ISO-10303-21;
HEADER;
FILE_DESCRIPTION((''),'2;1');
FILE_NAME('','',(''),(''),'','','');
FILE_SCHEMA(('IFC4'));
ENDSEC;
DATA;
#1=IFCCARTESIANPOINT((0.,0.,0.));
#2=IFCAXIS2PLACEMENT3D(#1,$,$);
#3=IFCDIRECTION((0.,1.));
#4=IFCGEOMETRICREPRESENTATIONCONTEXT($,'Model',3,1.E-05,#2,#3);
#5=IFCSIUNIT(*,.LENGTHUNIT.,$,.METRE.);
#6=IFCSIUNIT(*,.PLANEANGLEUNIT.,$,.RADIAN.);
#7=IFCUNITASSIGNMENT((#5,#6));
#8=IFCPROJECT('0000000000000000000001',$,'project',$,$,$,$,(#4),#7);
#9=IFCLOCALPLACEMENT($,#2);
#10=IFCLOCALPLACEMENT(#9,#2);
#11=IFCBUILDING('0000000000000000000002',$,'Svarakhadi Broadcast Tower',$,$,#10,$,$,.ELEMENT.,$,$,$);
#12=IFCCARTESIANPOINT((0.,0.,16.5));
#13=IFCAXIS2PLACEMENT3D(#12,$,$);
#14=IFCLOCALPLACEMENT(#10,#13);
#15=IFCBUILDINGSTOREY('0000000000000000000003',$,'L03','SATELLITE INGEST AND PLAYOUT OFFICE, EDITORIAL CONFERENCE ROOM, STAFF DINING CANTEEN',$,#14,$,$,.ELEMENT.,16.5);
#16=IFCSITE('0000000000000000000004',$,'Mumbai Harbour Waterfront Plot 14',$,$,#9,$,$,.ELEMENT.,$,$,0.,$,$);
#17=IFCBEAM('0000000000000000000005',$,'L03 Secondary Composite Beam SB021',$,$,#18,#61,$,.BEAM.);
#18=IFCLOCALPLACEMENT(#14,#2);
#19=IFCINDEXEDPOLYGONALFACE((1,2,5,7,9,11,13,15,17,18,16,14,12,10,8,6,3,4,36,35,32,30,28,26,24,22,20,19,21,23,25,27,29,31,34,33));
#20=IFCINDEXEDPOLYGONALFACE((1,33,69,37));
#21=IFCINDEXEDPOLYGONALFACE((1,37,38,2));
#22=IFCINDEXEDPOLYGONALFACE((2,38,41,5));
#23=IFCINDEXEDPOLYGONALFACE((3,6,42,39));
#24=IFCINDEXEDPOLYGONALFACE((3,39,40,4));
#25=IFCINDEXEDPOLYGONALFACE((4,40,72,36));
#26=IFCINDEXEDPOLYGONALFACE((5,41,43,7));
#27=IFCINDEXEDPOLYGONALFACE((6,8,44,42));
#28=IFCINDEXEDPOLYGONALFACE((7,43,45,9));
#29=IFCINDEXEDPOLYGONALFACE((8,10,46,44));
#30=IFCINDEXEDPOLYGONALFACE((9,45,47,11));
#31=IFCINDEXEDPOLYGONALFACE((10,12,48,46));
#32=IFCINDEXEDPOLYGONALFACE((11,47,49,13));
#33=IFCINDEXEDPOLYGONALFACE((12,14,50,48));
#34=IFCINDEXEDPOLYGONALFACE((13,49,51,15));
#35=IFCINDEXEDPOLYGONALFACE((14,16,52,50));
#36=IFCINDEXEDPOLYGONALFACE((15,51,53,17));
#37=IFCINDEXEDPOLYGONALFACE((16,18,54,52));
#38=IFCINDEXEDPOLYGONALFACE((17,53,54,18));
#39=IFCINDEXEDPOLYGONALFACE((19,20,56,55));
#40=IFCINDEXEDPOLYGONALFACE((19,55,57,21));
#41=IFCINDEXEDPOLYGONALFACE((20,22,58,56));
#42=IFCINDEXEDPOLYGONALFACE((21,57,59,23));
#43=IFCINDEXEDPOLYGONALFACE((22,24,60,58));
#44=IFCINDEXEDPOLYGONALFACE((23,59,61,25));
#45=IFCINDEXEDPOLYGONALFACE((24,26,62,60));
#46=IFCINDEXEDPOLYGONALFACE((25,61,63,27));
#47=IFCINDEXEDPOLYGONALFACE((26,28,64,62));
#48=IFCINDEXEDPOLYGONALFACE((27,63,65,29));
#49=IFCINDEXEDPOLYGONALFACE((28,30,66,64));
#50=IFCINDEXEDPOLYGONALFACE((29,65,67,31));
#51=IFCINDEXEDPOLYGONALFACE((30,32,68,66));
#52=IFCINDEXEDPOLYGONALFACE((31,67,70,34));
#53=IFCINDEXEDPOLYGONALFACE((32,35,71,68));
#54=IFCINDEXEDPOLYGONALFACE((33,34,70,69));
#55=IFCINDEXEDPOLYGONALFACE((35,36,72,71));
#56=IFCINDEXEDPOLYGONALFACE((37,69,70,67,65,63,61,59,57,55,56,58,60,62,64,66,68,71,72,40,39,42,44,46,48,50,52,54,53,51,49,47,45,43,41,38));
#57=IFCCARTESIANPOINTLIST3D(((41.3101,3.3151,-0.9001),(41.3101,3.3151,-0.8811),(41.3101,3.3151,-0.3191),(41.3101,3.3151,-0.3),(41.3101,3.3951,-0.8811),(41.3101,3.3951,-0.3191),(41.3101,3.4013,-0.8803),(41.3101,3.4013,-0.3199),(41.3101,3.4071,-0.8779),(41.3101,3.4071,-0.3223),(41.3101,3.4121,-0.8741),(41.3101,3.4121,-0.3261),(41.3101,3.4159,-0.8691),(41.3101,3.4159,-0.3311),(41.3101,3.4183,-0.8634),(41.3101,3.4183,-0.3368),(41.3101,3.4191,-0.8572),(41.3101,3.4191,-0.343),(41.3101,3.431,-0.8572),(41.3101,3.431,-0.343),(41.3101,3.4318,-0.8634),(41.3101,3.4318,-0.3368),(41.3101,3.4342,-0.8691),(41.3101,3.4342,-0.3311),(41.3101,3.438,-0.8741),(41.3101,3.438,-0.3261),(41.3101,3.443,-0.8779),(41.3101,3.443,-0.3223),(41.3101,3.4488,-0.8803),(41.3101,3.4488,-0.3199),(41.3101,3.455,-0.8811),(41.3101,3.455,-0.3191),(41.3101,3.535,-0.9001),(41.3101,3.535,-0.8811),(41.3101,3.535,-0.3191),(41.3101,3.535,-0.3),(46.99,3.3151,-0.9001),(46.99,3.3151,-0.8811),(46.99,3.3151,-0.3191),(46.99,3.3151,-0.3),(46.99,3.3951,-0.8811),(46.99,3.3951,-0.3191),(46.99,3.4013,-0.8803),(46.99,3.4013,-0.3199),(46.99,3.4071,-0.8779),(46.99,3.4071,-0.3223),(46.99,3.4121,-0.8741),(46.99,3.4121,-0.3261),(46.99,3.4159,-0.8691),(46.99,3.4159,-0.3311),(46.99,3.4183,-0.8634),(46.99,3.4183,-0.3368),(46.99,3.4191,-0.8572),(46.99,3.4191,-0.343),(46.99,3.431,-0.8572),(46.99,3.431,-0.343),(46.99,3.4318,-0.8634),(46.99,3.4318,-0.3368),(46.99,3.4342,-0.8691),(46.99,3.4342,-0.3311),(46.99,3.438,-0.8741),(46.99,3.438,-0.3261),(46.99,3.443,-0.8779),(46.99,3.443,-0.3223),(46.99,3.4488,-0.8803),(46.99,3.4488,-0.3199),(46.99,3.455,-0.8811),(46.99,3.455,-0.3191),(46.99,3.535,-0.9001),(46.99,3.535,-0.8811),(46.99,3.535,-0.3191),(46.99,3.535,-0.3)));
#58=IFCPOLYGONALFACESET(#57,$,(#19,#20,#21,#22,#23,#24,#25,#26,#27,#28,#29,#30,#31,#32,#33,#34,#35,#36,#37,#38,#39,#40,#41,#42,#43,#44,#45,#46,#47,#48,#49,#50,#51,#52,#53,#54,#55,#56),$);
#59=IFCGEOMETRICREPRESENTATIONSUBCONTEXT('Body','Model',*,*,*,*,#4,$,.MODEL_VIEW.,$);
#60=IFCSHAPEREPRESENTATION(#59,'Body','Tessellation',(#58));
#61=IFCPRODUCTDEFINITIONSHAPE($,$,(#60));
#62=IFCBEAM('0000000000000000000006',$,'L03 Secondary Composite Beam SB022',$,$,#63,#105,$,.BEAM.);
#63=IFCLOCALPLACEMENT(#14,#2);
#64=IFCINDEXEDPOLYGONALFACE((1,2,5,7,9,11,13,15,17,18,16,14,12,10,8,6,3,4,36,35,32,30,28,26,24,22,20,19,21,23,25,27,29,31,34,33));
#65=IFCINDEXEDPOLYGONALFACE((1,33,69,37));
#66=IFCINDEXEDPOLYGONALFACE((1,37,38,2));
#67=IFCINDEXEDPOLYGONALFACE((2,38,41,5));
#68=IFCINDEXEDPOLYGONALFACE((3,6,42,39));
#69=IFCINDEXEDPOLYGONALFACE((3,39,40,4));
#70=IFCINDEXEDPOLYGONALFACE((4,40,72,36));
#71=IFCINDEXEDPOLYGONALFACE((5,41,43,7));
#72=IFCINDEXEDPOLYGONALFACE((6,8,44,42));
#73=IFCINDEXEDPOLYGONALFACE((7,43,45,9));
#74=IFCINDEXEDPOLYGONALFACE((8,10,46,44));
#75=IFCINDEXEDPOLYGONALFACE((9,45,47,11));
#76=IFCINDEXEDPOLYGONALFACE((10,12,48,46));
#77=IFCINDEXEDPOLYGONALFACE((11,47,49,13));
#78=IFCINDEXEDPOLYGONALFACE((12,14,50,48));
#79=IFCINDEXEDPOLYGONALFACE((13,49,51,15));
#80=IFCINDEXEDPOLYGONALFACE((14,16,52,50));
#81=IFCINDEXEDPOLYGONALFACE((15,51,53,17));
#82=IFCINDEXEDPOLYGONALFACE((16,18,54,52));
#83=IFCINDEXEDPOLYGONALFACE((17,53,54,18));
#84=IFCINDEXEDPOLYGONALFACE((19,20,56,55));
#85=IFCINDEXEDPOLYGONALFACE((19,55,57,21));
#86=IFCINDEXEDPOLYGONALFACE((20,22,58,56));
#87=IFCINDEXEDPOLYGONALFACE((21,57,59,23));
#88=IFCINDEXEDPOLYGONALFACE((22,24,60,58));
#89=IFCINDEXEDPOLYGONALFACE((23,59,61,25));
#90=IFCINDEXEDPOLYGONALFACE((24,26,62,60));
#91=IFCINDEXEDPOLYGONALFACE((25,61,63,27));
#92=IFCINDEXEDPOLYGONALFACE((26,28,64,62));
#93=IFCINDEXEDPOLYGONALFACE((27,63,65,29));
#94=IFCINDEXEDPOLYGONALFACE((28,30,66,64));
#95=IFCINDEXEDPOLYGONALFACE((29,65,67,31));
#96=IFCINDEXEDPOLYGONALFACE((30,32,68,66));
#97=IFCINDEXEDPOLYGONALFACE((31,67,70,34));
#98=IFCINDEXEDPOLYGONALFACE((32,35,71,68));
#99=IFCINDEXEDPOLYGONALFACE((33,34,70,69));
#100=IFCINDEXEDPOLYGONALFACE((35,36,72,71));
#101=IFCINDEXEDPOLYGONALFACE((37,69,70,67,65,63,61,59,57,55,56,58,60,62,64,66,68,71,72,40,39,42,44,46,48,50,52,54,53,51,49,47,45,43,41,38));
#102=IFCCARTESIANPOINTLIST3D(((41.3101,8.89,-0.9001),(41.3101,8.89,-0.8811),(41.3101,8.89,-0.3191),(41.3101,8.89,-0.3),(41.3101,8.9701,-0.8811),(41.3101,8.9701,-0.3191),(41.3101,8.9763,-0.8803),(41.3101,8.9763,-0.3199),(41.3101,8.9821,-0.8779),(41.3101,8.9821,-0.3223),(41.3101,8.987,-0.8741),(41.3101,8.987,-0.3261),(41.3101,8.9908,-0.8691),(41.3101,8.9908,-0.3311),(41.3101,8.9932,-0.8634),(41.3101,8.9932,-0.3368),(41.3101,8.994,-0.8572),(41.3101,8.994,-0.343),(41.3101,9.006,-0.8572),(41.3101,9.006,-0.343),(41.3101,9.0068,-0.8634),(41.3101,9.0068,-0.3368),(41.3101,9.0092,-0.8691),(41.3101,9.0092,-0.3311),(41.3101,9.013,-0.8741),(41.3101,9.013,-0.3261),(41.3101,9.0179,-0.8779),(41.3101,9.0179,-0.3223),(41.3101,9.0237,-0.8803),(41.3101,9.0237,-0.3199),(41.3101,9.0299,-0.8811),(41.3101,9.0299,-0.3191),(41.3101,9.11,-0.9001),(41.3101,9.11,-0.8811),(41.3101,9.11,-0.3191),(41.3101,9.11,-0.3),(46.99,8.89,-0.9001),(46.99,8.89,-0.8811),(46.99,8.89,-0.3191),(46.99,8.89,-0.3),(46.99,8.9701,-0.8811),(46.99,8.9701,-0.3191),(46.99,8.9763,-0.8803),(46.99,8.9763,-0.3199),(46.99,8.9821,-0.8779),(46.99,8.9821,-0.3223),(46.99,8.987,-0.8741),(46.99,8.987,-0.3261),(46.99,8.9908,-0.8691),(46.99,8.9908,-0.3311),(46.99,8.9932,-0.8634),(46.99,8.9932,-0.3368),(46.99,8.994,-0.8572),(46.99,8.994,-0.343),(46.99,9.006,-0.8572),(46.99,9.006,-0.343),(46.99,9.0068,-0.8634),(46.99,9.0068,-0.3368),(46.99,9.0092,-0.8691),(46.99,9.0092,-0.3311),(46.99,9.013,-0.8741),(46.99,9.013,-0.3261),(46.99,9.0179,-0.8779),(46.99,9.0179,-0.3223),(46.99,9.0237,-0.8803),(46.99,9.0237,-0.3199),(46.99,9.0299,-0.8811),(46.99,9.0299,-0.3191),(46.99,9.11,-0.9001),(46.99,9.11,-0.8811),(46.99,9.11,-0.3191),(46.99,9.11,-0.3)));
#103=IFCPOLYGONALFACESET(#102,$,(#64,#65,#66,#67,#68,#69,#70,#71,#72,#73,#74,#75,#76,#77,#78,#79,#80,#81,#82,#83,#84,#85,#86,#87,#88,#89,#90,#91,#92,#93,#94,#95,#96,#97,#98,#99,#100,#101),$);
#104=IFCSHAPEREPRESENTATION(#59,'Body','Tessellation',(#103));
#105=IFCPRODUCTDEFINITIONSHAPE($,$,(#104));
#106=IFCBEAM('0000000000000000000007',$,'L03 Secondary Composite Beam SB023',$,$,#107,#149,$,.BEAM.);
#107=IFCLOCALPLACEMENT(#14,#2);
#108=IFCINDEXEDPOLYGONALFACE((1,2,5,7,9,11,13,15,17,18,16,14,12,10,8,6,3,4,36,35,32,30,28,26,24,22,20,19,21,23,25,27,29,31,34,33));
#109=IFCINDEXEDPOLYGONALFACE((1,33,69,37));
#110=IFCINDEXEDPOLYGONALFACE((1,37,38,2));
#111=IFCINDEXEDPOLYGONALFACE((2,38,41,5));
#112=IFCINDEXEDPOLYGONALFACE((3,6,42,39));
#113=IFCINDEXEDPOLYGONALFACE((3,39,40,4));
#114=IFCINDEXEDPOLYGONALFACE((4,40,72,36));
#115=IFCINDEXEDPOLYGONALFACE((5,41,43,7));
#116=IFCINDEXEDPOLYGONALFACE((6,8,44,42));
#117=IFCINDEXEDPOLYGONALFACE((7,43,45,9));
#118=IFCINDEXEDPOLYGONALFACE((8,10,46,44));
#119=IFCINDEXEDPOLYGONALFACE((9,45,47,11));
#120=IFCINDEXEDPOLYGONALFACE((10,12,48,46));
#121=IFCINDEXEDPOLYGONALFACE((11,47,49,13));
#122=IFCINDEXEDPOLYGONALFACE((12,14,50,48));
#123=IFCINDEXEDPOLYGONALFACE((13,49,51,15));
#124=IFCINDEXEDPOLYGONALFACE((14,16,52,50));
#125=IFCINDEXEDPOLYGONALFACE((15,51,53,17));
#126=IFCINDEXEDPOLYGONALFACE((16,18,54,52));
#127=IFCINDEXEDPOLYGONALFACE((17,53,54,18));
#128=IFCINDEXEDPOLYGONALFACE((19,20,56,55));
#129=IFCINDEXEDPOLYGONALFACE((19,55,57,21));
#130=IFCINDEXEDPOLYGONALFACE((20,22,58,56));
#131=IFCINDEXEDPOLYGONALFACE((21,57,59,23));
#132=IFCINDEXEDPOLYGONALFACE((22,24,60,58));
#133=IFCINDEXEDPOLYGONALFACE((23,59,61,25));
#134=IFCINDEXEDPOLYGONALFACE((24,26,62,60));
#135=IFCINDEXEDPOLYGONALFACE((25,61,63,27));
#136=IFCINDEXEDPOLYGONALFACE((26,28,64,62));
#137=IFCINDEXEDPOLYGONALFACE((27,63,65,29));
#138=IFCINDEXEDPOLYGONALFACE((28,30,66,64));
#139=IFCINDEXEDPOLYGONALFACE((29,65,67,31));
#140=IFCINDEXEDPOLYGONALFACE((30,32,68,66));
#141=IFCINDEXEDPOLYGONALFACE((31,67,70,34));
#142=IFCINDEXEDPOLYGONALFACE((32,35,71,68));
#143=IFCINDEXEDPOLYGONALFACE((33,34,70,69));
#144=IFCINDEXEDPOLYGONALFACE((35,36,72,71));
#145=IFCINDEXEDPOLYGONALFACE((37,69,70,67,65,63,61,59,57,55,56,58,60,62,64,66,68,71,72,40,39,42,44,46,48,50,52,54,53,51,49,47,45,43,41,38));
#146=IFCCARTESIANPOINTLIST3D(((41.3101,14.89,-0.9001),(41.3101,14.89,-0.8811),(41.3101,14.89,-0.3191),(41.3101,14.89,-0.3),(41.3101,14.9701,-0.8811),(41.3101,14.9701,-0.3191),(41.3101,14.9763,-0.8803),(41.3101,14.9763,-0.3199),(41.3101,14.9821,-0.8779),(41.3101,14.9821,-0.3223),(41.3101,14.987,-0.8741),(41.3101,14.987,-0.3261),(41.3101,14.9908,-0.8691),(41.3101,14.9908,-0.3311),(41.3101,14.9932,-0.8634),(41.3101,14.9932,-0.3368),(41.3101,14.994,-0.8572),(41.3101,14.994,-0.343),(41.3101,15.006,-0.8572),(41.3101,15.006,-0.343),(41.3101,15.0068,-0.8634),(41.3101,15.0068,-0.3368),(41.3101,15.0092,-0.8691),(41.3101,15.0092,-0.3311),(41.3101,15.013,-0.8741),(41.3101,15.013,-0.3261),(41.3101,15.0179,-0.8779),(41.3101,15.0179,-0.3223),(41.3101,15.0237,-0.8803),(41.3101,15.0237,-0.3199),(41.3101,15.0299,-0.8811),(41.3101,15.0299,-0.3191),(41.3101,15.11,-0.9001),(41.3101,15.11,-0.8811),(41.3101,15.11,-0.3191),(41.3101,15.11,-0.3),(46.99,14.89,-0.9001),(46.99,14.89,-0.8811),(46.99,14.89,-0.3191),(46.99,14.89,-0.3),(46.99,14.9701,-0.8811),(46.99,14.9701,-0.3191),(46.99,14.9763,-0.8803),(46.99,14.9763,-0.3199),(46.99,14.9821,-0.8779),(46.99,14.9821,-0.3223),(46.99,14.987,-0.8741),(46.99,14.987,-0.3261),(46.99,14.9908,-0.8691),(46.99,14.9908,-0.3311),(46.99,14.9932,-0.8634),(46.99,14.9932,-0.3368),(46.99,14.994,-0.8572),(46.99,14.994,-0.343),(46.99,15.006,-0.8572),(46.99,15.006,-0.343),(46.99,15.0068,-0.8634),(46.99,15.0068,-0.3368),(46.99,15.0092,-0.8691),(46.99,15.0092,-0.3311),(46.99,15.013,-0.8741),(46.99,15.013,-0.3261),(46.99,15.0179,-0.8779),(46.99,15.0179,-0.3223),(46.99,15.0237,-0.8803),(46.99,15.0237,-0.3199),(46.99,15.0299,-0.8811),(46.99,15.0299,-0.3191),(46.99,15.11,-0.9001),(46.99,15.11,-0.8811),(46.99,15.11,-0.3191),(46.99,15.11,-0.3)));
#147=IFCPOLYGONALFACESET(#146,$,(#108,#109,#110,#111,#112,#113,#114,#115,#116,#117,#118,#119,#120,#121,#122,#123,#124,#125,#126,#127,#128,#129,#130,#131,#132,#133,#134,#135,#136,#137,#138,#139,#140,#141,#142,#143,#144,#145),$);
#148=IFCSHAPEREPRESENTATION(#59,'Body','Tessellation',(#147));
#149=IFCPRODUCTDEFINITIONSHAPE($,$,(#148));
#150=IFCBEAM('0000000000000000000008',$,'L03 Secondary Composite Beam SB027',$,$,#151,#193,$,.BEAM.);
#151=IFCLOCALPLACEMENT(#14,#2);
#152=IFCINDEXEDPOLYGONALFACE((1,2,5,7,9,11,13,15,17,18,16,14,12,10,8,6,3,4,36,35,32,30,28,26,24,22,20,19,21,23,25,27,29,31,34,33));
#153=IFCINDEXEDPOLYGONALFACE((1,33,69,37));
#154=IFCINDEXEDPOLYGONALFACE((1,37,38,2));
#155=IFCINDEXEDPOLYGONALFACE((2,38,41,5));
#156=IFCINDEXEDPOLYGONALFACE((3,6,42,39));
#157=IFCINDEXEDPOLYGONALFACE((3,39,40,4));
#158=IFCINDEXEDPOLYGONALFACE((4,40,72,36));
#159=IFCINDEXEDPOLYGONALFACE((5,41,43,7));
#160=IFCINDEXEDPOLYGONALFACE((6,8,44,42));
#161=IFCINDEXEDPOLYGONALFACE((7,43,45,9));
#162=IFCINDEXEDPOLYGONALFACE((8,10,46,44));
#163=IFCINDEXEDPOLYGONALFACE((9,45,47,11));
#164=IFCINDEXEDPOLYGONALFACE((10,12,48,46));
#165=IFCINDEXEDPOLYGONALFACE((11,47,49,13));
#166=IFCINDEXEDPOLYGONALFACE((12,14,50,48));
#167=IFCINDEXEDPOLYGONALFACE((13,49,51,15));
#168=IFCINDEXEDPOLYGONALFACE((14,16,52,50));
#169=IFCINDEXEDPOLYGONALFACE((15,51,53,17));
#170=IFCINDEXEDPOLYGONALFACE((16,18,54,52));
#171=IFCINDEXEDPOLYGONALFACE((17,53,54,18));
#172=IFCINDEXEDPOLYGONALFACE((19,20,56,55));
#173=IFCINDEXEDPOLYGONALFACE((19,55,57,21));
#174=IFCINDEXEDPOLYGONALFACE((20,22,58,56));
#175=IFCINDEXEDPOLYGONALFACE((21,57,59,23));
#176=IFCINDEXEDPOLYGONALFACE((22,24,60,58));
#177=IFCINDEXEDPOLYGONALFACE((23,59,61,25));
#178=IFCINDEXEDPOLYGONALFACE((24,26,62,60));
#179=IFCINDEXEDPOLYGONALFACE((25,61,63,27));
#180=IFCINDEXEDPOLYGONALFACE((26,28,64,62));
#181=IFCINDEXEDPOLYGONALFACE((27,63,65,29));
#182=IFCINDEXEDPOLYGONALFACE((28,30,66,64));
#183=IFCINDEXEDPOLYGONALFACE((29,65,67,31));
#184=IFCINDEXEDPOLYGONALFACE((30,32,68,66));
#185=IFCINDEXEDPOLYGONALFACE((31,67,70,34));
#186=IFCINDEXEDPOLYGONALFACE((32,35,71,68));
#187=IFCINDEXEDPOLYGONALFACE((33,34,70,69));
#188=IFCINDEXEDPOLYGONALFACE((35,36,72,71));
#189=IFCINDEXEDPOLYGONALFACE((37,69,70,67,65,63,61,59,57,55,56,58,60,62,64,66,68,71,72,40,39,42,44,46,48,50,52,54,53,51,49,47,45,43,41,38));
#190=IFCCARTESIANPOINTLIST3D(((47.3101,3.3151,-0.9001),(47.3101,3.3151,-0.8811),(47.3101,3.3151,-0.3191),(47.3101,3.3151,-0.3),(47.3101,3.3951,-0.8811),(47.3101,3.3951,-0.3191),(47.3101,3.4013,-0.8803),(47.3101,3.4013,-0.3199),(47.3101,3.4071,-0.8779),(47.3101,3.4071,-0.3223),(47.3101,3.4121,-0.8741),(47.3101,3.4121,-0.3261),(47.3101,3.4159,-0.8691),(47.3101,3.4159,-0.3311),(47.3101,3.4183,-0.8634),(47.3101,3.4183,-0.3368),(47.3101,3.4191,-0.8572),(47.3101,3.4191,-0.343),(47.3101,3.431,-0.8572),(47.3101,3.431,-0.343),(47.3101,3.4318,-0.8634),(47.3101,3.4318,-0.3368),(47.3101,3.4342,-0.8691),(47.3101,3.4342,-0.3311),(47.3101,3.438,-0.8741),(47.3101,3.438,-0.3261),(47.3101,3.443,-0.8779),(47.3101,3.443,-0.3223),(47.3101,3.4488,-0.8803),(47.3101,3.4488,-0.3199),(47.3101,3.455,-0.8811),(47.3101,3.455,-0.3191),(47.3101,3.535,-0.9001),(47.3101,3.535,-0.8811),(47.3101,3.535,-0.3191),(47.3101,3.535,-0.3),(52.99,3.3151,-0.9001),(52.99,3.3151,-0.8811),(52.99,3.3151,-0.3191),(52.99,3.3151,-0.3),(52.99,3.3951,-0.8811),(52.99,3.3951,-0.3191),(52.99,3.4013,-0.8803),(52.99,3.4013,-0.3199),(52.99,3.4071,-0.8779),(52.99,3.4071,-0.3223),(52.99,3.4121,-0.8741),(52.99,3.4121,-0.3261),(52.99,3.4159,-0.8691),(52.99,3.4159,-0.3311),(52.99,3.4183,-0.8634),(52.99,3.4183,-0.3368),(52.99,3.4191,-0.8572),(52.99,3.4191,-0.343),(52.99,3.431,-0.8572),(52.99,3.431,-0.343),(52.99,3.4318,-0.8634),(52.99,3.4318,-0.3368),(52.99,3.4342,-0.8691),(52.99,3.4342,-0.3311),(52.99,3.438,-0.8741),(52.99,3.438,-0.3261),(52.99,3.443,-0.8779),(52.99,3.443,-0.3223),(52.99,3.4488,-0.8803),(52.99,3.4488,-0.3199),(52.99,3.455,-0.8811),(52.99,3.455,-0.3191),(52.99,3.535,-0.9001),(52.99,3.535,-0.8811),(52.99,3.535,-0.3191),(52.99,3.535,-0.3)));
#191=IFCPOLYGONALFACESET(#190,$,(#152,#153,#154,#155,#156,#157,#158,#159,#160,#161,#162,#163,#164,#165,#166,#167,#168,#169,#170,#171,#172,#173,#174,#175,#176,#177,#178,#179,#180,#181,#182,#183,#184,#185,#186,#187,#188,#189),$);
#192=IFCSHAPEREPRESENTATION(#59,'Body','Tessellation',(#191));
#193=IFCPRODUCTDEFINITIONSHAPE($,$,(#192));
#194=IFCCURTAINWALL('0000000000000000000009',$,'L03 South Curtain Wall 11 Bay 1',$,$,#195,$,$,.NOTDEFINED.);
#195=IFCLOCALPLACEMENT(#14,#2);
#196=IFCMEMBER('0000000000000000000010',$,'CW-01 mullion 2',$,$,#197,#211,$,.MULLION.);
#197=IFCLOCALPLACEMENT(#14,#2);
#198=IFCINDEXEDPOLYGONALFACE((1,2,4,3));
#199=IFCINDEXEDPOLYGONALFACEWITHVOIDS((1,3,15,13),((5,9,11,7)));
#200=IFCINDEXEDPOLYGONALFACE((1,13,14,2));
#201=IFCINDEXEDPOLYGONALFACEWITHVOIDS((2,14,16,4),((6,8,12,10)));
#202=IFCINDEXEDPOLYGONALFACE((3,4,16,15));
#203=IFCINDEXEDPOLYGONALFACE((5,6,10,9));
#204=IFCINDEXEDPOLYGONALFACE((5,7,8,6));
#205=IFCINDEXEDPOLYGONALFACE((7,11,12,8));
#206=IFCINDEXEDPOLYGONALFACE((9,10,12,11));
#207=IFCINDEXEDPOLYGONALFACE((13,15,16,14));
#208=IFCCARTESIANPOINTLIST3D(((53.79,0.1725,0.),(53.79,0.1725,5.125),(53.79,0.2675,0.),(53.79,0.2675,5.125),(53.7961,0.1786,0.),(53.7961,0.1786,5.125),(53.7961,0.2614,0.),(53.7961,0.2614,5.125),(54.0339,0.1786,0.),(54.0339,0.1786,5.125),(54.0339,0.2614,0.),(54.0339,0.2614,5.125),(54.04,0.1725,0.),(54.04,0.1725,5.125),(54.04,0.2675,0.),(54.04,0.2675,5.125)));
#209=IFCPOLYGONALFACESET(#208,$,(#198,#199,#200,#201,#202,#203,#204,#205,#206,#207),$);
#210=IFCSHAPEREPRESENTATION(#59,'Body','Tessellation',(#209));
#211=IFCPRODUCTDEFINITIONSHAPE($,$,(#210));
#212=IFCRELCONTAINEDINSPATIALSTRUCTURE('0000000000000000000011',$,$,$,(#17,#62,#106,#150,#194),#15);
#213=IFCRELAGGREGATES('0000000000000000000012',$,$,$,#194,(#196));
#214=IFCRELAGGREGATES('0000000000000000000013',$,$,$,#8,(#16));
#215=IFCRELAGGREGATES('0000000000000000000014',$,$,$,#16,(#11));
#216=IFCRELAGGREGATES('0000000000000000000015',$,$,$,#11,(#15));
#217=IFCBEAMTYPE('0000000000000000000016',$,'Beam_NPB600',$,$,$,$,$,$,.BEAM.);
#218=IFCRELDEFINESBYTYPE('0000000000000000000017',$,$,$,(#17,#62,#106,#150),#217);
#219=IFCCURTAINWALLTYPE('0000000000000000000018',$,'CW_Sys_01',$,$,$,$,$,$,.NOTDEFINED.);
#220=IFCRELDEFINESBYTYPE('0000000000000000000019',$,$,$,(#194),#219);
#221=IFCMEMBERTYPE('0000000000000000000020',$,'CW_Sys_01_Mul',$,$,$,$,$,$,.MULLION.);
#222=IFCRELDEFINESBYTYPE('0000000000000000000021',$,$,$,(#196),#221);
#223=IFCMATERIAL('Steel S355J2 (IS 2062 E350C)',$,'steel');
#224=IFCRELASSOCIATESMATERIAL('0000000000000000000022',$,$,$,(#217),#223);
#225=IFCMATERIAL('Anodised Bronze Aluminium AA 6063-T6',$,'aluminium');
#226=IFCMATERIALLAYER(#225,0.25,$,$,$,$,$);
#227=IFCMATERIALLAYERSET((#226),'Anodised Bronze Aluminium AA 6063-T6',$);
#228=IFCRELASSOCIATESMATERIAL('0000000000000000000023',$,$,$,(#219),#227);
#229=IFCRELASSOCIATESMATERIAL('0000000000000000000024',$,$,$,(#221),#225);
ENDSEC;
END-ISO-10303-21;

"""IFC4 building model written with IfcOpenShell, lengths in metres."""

from ifc_helpers import new_model, si_unit, direction, frame, origin, origin_2d, place, context, subcontext, project, spatial, hollow_rectangle, i_section, extrude, material, layer, layer_set, material_profile, profile_set, type_object, element, aggregate, save


model = new_model("IFC4")

# Units and contexts
model_context = context("Model", 3, precision=1e-05, world=origin(), true_north=direction((0.0, 1.0)))
body_context = subcontext(model_context, "Body", "Model", "MODEL_VIEW")
ifc_project = project(units=[si_unit("LENGTHUNIT", "METRE"), si_unit("PLANEANGLEUNIT", "RADIAN")], contexts=[model_context])

# Site, building, storey
site_placement = place(None, origin())
site = spatial("IfcSite", under=ifc_project, at=site_placement, Name="Mumbai Harbour Waterfront Plot 14", CompositionType="ELEMENT", RefElevation=0.0)
building_placement = place(site_placement, origin())
building = spatial("IfcBuilding", under=site, at=building_placement, Name="Svarakhadi Broadcast Tower", CompositionType="ELEMENT")
storey_placement = place(building_placement, frame((0.0, 0.0, 16.5)))
storey = spatial("IfcBuildingStorey", under=building, at=storey_placement, Name="L03", Description="SATELLITE INGEST AND PLAYOUT OFFICE, EDITORIAL CONFERENCE ROOM, STAFF DINING CANTEEN", CompositionType="ELEMENT", Elevation=16.5)

# Beams
ifc_material_1 = material(Name="Steel S355J2 (IS 2062 E350C)", Category="steel")
ifc_material_profile_1 = material_profile(ifc_material_1, i_section(OverallWidth=0.22, OverallDepth=0.6001, WebThickness=0.012, FlangeThickness=0.019, FilletRadius=0.0239, at=origin_2d()), Name="NPB 600x220x122")
ifc_profile_set_1 = profile_set([ifc_material_profile_1], Name="Steel S355J2 (IS 2062 E350C)")
beam_type_1 = type_object("IfcBeamType", Name="Beam_NPB600", PredefinedType="BEAM", material=ifc_profile_set_1)
for number, where, z_axis, x_axis, name in (
    (1, (41.3101, 3.425, -0.6001), (1.0, 0.0, 0.0), (0.0, 1.0, 0.0), "L03 Secondary Composite Beam SB021"),
    (2, (41.3101, 9.0, -0.6001), (1.0, 0.0, 0.0), (0.0, 1.0, 0.0), "L03 Secondary Composite Beam SB022"),
    (3, (41.3101, 15.0, -0.6001), (1.0, 0.0, 0.0), (0.0, 1.0, 0.0), "L03 Secondary Composite Beam SB023"),
    (4, (47.3101, 3.425, -0.6001), (1.0, 0.0, 0.0), (0.0, 1.0, 0.0), "L03 Secondary Composite Beam SB027"),
):
    element("IfcBeam", number, at=place(storey_placement, frame(where, z_axis=z_axis, x_axis=x_axis)), inside=storey, type_object=beam_type_1, Name=name, PredefinedType="BEAM", context=body_context, shape_type="SweptSolid", body=[
        extrude(i_section(OverallWidth=0.22, OverallDepth=0.6001, WebThickness=0.012, FlangeThickness=0.019, FilletRadius=0.0239, at=origin_2d()), origin(), (0.0, 0.0, 1.0), 5.6799),
    ])

# Curtain wall, member
ifc_material_2 = material(Name="Anodised Bronze Aluminium AA 6063-T6", Category="aluminium")
ifc_layer_1 = layer(ifc_material_2, 0.25)
ifc_layer_set_1 = layer_set([ifc_layer_1], Name="Anodised Bronze Aluminium AA 6063-T6")
curtain_wall_type = type_object("IfcCurtainWallType", Name="CW_Sys_01", PredefinedType="NOTDEFINED", material=ifc_layer_set_1)
curtain_wall_1_placement = place(storey_placement, origin())
curtain_wall_1 = element("IfcCurtainWall", 5, at=curtain_wall_1_placement, inside=storey, type_object=curtain_wall_type, Name="L03 South Curtain Wall 11 Bay 1", PredefinedType="NOTDEFINED")
ifc_material_profile_2 = material_profile(ifc_material_2, hollow_rectangle(XDim=0.095, YDim=0.25, WallThickness=0.0061, at=origin_2d()), Name="ALU MULLION 250x95x6")
ifc_profile_set_2 = profile_set([ifc_material_profile_2], Name="Anodised Bronze Aluminium AA 6063-T6")
member_type_1 = type_object("IfcMemberType", Name="CW_Sys_01_Mul", PredefinedType="MULLION", material=ifc_profile_set_2)
member_1_placement = place(storey_placement, frame((53.915, 0.22, 0.0), z_axis=(0.0, 0.0, 1.0), x_axis=(0.0, -1.0, 0.0)))
member_1 = element("IfcMember", 6, at=member_1_placement, type_object=member_type_1, Name="CW-01 mullion 2", PredefinedType="MULLION", context=body_context, shape_type="SweptSolid", body=[
    extrude(hollow_rectangle(XDim=0.095, YDim=0.25, WallThickness=0.0061, at=origin_2d()), origin(), (0.0, 0.0, 1.0), 5.125),
])

aggregate(curtain_wall_1, [member_1])

save(model, "model.ifc")
